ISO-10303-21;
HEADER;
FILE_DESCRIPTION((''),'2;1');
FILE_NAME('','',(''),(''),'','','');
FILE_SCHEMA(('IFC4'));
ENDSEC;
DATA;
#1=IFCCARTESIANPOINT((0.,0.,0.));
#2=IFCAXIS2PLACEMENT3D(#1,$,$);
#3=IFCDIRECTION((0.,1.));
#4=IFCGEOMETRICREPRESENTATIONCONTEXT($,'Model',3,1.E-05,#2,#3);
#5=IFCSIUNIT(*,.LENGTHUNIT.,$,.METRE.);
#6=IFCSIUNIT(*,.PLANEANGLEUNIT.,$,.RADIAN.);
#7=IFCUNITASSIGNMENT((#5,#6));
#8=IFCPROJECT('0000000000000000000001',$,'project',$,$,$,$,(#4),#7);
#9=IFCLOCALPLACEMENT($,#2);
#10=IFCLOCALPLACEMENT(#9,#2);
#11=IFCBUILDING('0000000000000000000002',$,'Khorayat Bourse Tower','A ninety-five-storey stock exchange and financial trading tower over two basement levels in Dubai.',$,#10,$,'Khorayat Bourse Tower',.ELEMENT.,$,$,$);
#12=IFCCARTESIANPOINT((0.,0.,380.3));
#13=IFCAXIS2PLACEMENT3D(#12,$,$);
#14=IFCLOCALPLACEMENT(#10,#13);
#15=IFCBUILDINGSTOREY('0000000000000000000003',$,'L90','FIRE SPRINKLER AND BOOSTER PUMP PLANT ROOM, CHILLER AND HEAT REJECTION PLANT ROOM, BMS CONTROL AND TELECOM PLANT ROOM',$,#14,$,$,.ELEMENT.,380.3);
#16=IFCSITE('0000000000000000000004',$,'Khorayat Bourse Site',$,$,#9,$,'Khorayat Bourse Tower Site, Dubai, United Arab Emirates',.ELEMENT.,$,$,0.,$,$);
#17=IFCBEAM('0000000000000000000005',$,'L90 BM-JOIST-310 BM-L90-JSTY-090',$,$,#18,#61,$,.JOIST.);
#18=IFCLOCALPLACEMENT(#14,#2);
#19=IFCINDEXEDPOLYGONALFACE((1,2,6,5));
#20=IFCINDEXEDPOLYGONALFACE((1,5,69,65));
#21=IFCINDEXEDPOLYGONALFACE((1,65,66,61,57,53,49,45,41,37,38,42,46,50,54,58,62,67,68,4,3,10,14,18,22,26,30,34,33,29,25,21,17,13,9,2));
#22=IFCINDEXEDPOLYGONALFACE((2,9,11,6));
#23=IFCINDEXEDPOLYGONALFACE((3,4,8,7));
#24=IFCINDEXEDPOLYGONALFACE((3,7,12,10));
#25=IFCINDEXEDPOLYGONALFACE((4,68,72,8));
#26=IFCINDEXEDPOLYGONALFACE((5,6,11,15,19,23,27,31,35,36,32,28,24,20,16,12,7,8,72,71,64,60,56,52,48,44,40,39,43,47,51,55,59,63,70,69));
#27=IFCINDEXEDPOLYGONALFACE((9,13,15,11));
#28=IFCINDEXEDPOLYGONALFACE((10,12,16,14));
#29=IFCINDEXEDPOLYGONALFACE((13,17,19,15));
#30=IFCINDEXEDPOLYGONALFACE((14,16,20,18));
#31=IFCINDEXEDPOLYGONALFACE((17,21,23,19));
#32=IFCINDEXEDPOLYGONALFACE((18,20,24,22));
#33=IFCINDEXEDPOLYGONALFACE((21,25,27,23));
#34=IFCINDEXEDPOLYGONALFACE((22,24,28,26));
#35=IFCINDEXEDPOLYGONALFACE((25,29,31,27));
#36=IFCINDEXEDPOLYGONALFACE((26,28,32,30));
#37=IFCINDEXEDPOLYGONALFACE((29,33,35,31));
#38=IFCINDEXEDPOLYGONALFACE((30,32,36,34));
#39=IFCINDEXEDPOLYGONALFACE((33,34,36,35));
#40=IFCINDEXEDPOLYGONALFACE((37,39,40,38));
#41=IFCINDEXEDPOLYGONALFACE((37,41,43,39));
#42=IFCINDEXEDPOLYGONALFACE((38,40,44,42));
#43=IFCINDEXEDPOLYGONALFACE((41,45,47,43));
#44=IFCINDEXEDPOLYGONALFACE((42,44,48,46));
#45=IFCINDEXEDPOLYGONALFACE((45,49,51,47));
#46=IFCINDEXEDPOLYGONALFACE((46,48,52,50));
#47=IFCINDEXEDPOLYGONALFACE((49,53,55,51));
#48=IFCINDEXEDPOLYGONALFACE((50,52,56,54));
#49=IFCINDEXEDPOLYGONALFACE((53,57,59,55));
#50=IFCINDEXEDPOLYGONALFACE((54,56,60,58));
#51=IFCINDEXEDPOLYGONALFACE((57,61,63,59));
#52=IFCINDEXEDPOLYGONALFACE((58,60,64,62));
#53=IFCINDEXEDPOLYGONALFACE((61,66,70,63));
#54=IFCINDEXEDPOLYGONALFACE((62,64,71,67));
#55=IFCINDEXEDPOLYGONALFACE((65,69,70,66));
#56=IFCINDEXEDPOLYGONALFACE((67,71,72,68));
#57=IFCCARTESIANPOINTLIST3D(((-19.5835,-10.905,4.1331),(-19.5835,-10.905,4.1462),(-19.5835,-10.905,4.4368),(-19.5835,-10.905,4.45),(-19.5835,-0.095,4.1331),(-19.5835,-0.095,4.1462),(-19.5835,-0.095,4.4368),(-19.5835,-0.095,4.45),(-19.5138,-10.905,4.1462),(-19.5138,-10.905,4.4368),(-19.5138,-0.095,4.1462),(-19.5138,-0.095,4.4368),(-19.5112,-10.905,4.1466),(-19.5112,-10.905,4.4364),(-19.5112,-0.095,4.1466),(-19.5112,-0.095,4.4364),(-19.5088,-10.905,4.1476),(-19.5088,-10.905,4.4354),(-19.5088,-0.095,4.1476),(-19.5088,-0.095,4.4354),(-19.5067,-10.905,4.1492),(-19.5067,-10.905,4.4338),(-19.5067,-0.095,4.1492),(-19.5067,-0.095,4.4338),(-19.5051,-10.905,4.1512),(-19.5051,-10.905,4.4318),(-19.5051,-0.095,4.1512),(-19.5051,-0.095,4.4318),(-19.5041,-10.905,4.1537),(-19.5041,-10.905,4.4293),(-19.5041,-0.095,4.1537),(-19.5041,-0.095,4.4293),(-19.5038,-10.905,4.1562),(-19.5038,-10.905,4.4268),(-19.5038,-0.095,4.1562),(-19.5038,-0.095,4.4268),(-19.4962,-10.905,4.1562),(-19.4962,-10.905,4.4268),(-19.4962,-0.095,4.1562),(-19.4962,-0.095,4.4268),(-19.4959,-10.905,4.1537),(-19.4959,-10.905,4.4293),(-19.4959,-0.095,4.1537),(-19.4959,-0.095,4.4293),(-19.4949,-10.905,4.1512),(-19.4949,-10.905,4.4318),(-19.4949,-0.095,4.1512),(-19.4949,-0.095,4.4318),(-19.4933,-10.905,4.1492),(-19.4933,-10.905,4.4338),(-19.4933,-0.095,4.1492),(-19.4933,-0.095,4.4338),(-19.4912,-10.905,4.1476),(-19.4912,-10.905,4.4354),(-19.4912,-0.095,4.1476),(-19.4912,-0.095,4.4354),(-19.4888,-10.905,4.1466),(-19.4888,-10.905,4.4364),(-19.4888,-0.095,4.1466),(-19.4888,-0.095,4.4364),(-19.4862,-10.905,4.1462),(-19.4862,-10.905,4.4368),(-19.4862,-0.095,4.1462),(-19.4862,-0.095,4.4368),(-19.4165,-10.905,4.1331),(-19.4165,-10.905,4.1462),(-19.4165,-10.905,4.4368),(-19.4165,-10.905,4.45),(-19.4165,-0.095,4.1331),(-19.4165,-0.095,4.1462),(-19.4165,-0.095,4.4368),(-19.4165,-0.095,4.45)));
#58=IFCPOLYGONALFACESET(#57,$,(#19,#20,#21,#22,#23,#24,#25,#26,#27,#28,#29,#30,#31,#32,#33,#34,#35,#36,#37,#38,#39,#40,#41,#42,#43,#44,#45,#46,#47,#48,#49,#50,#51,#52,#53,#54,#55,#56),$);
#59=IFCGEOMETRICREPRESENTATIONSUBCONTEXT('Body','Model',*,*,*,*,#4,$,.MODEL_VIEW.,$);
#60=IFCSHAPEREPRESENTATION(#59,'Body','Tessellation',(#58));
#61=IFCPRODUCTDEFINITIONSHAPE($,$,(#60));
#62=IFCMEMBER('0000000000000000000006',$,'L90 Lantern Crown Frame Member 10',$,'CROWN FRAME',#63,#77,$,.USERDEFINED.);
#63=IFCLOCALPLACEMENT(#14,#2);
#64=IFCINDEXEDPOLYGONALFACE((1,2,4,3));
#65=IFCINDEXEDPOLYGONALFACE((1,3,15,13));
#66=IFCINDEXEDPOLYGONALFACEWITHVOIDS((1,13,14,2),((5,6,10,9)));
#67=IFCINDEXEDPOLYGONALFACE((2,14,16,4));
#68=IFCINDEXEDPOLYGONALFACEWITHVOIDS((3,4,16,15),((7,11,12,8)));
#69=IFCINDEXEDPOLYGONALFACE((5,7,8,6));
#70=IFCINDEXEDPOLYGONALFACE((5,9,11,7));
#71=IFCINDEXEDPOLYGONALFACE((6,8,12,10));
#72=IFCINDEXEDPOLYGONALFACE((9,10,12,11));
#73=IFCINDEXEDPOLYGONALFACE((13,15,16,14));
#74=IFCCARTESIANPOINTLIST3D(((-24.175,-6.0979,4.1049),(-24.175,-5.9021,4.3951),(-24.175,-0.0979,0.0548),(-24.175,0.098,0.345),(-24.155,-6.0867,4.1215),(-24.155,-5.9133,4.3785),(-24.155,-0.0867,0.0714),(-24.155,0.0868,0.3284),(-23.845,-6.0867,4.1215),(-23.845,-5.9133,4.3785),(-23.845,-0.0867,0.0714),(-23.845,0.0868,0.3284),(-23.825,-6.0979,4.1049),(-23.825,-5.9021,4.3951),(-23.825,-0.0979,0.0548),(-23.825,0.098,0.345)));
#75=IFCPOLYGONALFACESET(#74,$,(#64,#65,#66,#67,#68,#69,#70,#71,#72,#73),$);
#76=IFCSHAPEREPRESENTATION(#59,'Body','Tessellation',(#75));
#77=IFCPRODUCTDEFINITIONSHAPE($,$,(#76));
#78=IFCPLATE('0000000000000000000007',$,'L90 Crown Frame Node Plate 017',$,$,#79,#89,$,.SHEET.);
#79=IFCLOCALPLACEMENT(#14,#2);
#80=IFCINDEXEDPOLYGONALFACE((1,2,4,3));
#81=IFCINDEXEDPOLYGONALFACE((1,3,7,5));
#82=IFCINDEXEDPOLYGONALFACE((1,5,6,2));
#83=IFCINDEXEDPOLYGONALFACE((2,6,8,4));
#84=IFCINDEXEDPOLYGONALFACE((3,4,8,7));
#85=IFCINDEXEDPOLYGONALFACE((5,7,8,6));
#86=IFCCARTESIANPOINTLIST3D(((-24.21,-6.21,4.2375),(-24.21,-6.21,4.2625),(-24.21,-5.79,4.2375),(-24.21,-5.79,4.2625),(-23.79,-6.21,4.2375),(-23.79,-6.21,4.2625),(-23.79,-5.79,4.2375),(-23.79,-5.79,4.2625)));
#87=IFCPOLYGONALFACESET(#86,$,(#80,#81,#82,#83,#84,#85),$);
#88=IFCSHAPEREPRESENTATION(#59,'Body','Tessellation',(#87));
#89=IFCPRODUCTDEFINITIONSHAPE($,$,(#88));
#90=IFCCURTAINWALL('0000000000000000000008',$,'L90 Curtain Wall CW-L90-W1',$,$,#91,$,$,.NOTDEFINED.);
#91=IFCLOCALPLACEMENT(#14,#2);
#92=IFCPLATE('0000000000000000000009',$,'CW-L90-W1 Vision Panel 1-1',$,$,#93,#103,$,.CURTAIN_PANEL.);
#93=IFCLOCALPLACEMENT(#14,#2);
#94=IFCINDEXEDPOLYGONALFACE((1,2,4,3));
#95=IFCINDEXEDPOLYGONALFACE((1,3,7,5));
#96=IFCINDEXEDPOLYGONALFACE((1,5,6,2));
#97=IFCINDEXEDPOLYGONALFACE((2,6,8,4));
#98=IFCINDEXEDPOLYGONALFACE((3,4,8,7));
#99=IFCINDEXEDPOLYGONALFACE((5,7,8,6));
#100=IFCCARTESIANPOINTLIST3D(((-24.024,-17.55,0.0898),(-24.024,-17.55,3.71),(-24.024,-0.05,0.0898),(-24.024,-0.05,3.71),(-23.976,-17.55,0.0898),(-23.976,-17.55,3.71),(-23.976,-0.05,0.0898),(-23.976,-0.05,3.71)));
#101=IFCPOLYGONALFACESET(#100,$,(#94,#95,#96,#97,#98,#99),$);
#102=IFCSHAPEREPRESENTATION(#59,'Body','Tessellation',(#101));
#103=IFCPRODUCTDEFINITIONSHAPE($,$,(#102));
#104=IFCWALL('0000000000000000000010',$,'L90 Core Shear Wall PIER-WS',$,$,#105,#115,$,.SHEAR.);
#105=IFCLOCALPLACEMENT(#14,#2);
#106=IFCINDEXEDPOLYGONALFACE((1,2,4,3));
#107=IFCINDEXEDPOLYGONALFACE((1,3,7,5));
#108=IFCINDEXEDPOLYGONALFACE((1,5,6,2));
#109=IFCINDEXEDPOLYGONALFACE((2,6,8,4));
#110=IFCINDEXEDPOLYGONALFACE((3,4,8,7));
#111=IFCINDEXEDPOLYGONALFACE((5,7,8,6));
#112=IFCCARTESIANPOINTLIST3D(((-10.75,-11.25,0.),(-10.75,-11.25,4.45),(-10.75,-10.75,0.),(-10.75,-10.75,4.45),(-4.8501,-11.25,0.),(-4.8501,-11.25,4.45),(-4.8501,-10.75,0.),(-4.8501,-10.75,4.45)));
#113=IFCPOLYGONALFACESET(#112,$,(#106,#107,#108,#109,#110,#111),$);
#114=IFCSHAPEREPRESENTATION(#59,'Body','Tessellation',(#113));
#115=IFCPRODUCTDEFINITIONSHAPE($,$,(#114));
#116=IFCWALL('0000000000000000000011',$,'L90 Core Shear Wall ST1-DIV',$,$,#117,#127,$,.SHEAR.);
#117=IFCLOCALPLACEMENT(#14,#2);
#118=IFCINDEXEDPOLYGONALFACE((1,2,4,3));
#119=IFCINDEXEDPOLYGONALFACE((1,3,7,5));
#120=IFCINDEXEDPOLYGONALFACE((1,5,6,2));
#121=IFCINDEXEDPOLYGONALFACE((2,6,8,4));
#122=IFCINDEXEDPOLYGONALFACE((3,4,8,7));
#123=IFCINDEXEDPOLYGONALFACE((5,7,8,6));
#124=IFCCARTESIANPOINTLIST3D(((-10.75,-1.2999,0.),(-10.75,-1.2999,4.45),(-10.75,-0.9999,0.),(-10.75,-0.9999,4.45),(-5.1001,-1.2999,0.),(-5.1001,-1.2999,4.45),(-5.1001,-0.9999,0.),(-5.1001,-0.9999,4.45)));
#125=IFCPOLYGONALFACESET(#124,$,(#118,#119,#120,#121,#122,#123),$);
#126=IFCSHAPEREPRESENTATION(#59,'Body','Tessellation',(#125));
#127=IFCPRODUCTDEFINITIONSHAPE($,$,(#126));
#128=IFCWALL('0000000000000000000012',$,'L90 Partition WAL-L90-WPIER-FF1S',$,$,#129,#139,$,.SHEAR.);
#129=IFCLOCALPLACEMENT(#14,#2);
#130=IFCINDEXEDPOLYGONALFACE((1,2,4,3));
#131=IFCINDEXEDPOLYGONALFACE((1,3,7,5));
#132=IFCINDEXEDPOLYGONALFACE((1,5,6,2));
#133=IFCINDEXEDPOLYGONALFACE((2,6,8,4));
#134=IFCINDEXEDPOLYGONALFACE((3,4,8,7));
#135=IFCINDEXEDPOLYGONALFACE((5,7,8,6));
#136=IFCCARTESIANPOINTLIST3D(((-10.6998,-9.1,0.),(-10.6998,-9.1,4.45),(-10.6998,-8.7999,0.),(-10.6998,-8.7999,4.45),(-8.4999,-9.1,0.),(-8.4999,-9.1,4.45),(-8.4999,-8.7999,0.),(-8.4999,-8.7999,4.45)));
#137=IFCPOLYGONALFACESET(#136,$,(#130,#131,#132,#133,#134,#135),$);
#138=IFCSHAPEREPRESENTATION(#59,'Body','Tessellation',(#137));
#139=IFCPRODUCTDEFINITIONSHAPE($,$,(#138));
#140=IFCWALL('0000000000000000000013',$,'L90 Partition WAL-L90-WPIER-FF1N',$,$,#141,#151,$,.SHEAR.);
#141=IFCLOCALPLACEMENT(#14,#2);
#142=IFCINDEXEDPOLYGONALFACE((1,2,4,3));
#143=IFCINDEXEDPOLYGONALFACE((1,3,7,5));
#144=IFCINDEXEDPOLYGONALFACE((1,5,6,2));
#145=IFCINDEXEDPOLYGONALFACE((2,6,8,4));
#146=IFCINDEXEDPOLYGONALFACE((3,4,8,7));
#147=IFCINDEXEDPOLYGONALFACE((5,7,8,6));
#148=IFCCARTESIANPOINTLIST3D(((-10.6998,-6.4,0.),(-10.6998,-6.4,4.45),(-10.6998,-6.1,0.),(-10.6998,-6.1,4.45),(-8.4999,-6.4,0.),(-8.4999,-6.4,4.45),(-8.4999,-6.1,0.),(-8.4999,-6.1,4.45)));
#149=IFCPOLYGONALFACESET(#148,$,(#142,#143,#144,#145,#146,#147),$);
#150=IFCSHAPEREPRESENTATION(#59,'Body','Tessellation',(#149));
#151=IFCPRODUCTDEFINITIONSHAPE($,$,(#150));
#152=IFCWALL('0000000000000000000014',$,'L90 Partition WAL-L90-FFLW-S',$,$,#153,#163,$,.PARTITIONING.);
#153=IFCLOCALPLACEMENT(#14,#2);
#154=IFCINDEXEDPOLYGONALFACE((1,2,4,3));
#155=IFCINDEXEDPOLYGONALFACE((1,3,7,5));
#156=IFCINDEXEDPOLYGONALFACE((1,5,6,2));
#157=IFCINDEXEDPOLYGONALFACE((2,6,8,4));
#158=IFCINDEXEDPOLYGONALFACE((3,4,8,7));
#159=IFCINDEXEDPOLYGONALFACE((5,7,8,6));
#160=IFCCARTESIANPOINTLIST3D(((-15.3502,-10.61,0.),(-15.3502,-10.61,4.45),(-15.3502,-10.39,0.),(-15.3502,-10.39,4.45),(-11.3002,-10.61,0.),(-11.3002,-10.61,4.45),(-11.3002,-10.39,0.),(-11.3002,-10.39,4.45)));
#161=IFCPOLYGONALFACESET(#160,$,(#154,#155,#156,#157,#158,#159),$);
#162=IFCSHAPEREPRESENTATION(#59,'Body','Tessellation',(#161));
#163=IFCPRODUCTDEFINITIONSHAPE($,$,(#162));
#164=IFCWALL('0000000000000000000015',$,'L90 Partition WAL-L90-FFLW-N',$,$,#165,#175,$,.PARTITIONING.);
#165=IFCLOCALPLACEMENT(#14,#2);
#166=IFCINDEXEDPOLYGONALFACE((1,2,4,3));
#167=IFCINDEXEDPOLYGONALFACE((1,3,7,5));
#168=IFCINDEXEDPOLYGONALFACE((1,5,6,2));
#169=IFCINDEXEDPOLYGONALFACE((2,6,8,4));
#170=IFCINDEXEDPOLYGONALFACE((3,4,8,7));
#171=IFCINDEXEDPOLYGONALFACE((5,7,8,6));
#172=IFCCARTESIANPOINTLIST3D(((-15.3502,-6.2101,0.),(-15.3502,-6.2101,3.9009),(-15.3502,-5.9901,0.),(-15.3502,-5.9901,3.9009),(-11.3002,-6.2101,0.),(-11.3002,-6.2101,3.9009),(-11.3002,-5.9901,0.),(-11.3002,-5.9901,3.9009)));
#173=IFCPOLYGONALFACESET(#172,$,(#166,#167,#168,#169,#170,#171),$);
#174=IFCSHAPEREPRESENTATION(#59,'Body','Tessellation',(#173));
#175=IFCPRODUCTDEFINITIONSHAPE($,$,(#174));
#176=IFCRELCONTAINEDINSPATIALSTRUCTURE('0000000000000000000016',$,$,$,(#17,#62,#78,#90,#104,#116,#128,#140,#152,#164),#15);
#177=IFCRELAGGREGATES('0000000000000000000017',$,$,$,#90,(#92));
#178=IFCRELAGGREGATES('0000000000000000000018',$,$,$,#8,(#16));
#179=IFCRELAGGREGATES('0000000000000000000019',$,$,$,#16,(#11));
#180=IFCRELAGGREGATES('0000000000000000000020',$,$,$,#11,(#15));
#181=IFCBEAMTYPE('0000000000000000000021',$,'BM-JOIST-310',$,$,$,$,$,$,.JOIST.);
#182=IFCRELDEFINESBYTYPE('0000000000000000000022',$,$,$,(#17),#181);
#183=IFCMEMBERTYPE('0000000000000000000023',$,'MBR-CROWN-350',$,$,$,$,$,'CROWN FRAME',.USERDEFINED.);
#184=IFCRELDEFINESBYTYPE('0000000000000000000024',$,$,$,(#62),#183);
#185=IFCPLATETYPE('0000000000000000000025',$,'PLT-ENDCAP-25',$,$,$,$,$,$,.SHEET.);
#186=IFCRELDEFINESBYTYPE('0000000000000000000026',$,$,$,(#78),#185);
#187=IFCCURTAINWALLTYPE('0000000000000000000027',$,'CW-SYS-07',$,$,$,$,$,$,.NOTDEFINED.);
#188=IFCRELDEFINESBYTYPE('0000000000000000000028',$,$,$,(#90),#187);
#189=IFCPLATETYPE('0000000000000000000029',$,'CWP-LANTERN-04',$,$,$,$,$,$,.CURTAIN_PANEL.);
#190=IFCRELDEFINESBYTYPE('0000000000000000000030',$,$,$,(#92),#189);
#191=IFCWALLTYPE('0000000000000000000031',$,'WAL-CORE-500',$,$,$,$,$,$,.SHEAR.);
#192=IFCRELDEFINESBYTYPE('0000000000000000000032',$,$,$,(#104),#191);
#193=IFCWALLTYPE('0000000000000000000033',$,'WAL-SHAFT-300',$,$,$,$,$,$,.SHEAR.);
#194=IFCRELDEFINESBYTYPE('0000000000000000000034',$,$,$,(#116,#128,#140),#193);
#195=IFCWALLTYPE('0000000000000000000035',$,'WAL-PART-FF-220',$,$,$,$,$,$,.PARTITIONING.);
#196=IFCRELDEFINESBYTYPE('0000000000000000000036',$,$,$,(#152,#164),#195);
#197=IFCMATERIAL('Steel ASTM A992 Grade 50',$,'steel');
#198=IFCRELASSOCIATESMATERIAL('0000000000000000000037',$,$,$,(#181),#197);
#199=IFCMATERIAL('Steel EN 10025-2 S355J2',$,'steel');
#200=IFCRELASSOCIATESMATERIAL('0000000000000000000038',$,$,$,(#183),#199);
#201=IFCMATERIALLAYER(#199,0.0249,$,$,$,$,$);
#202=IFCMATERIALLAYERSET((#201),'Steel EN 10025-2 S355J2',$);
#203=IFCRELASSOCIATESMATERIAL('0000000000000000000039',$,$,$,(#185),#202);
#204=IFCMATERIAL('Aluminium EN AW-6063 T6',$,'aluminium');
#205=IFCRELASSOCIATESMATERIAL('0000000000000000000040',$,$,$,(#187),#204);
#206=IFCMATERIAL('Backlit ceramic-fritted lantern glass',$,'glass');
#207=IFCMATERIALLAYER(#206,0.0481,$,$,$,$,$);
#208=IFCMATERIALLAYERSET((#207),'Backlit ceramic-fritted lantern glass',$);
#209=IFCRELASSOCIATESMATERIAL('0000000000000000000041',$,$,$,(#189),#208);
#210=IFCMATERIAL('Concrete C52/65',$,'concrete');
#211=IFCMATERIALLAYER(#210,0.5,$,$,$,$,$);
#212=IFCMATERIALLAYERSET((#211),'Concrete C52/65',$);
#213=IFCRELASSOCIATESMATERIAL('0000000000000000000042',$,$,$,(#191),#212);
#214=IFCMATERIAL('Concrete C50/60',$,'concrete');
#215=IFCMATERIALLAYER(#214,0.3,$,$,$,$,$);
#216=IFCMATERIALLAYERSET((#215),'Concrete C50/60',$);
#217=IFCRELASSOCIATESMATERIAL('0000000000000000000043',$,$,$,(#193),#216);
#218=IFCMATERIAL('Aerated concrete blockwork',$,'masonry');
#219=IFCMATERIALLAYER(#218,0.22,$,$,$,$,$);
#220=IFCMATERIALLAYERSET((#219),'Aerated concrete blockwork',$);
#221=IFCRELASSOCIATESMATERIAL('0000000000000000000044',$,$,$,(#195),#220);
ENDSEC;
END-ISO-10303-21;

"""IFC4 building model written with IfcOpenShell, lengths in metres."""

from ifc_helpers import new_model, si_unit, direction, frame, frame_2d, origin, origin_2d, place, context, subcontext, project, spatial, rectangle, hollow_rectangle, i_section, extrude, source, transform, mapped, material, layer, layer_set, material_profile, profile_set, type_object, element, aggregate, save


model = new_model("IFC4")

# Units and contexts
model_context = context("Model", 3, precision=1e-05, world=origin(), true_north=direction((0.0, 1.0)))
body_context = subcontext(model_context, "Body", "Model", "MODEL_VIEW")
ifc_project = project(units=[si_unit("LENGTHUNIT", "METRE"), si_unit("PLANEANGLEUNIT", "RADIAN")], contexts=[model_context])

# Site, building, storey
site_placement = place(None, origin())
site = spatial("IfcSite", under=ifc_project, at=site_placement, Name="Khorayat Bourse Site", LongName="Khorayat Bourse Tower Site, Dubai, United Arab Emirates", CompositionType="ELEMENT", RefElevation=0.0)
building_placement = place(site_placement, origin())
building = spatial("IfcBuilding", under=site, at=building_placement, Name="Khorayat Bourse Tower", Description="A ninety-five-storey stock exchange and financial trading tower over two basement levels in Dubai.", LongName="Khorayat Bourse Tower", CompositionType="ELEMENT")
storey_placement = place(building_placement, frame((0.0, 0.0, 380.3)))
storey = spatial("IfcBuildingStorey", under=building, at=storey_placement, Name="L90", Description="FIRE SPRINKLER AND BOOSTER PUMP PLANT ROOM, CHILLER AND HEAT REJECTION PLANT ROOM, BMS CONTROL AND TELECOM PLANT ROOM", CompositionType="ELEMENT", Elevation=380.3)

# Shared definitions
ifc_material_1 = material(Name="Concrete C52/65", Category="concrete")
ifc_material_2 = material(Name="Steel EN 10025-2 S355J2", Category="steel")

# Beam
ifc_material_3 = material(Name="Steel ASTM A992 Grade 50", Category="steel")
ifc_material_profile_1 = material_profile(ifc_material_3, i_section(OverallWidth=0.167, OverallDepth=0.3169, WebThickness=0.0076, FlangeThickness=0.0132, FilletRadius=0.01, at=origin_2d()), Name="W310X52")
ifc_profile_set_1 = profile_set([ifc_material_profile_1], Name="Steel ASTM A992 Grade 50")
beam_type_1 = type_object("IfcBeamType", Name="BM-JOIST-310", PredefinedType="JOIST", material=ifc_profile_set_1)
shared_shape_1 = source(origin(), body_context, "Body", "SweptSolid", [
    extrude(i_section(OverallWidth=0.167, OverallDepth=0.3169, WebThickness=0.0076, FlangeThickness=0.0132, FilletRadius=0.01, at=origin_2d()), origin(), (0.0, 0.0, 1.0), 10.8101),
])
beam_1_placement = place(storey_placement, frame((-19.5, -10.905, 4.2915), z_axis=(0.0, 1.0, 0.0), x_axis=(-1.0, 0.0, 0.0)))
element("IfcBeam", 1, at=beam_1_placement, inside=storey, type_object=beam_type_1, Name="L90 BM-JOIST-310 BM-L90-JSTY-090", PredefinedType="JOIST", context=body_context, shape_type="MappedRepresentation", body=[
    mapped(shared_shape_1, transform((0.0, 0.0, 0.0), scale=1.0)),
])

# Member
ifc_material_profile_2 = material_profile(ifc_material_2, hollow_rectangle(XDim=0.3501, YDim=0.3501, WallThickness=0.02, at=origin_2d()), Name="HSS 350x350x20")
ifc_profile_set_2 = profile_set([ifc_material_profile_2], Name="Steel EN 10025-2 S355J2")
member_type = type_object("IfcMemberType", Name="MBR-CROWN-350", ElementType="CROWN FRAME", PredefinedType="USERDEFINED", material=ifc_profile_set_2)
shared_shape_2 = source(origin(), body_context, "Body", "SweptSolid", [
    extrude(hollow_rectangle(XDim=0.3501, YDim=0.3501, WallThickness=0.02, at=origin_2d()), origin(), (0.0, 0.0, 1.0), 7.239),
])
member_placement = place(storey_placement, frame((-24.0, -6.0, 4.25), z_axis=(0.0, 0.828846, -0.559477), x_axis=(-1.0, 0.0, 0.0)))
element("IfcMember", 2, at=member_placement, inside=storey, type_object=member_type, Name="L90 Lantern Crown Frame Member 10", ObjectType="CROWN FRAME", PredefinedType="USERDEFINED", context=body_context, shape_type="MappedRepresentation", body=[
    mapped(shared_shape_2, transform((0.0, 0.0, 0.0), scale=1.0)),
])

# Plate
ifc_layer_1 = layer(ifc_material_2, 0.0249)
ifc_layer_set_1 = layer_set([ifc_layer_1], Name="Steel EN 10025-2 S355J2")
plate_type_1 = type_object("IfcPlateType", Name="PLT-ENDCAP-25", PredefinedType="SHEET", material=ifc_layer_set_1)
shared_shape_3 = source(origin(), body_context, "Body", "SweptSolid", [
    extrude(rectangle(XDim=0.4199, YDim=0.4199, at=origin_2d()), origin(), (0.0, 0.0, 1.0), 0.0249),
])
plate_1_placement = place(storey_placement, frame((-24.0, -6.0, 4.2375), z_axis=(0.0, 0.0, 1.0), x_axis=(1.0, 0.0, 0.0)))
element("IfcPlate", 3, at=plate_1_placement, inside=storey, type_object=plate_type_1, Name="L90 Crown Frame Node Plate 017", PredefinedType="SHEET", context=body_context, shape_type="MappedRepresentation", body=[
    mapped(shared_shape_3, transform((0.0, 0.0, 0.0), scale=1.0)),
])

# Curtain wall, plate
ifc_material_4 = material(Name="Aluminium EN AW-6063 T6", Category="aluminium")
curtain_wall_type = type_object("IfcCurtainWallType", Name="CW-SYS-07", PredefinedType="NOTDEFINED", material=ifc_material_4)
curtain_wall_placement = place(storey_placement, origin())
curtain_wall = element("IfcCurtainWall", 4, at=curtain_wall_placement, inside=storey, type_object=curtain_wall_type, Name="L90 Curtain Wall CW-L90-W1", PredefinedType="NOTDEFINED")
ifc_material_5 = material(Name="Backlit ceramic-fritted lantern glass", Category="glass")
ifc_layer_2 = layer(ifc_material_5, 0.0481)
ifc_layer_set_2 = layer_set([ifc_layer_2], Name="Backlit ceramic-fritted lantern glass")
plate_type_2 = type_object("IfcPlateType", Name="CWP-LANTERN-04", PredefinedType="CURTAIN_PANEL", material=ifc_layer_set_2)
shared_shape_4 = source(origin(), body_context, "Body", "SweptSolid", [
    extrude(rectangle(XDim=17.5, YDim=0.0481, at=origin_2d()), origin(), (0.0, 0.0, 1.0), 3.6201),
])
plate_2_placement = place(storey_placement, frame((-24.0, -8.8, 0.0898), z_axis=(0.0, 0.0, 1.0), x_axis=(0.0, 1.0, 0.0)))
plate_2 = element("IfcPlate", 5, at=plate_2_placement, type_object=plate_type_2, Name="CW-L90-W1 Vision Panel 1-1", PredefinedType="CURTAIN_PANEL", context=body_context, shape_type="MappedRepresentation", body=[
    mapped(shared_shape_4, transform((0.0, 0.0, 0.0), scale=1.0)),
])
aggregate(curtain_wall, [plate_2])

# Walls
ifc_layer_3 = layer(ifc_material_1, 0.5)
ifc_layer_set_3 = layer_set([ifc_layer_3], Name="Concrete C52/65")
wall_type_1 = type_object("IfcWallType", Name="WAL-CORE-500", PredefinedType="SHEAR", material=ifc_layer_set_3)
shared_shape_5 = source(origin(), body_context, "Body", "SweptSolid", [
    extrude(rectangle(XDim=5.8999, YDim=0.5, at=frame_2d((2.95, 0.0))), origin(), (0.0, 0.0, 1.0), 4.45),
])
wall_1_placement = place(storey_placement, frame((-10.75, -11.0, 0.0), z_axis=(0.0, 0.0, 1.0), x_axis=(1.0, 0.0, 0.0)))
element("IfcWall", 6, at=wall_1_placement, inside=storey, type_object=wall_type_1, Name="L90 Core Shear Wall PIER-WS", PredefinedType="SHEAR", context=body_context, shape_type="MappedRepresentation", body=[
    mapped(shared_shape_5, transform((0.0, 0.0, 0.0), scale=1.0)),
])
ifc_material_6 = material(Name="Concrete C50/60", Category="concrete")
ifc_layer_4 = layer(ifc_material_6, 0.3)
ifc_layer_set_4 = layer_set([ifc_layer_4], Name="Concrete C50/60")
wall_type_2 = type_object("IfcWallType", Name="WAL-SHAFT-300", PredefinedType="SHEAR", material=ifc_layer_set_4)
shared_shape_6 = source(origin(), body_context, "Body", "SweptSolid", [
    extrude(rectangle(XDim=5.6499, YDim=0.3, at=frame_2d((2.825, 0.0))), origin(), (0.0, 0.0, 1.0), 4.45),
])
wall_2_placement = place(storey_placement, frame((-10.75, -1.1499, 0.0), z_axis=(0.0, 0.0, 1.0), x_axis=(1.0, 0.0, 0.0)))
element("IfcWall", 7, at=wall_2_placement, inside=storey, type_object=wall_type_2, Name="L90 Core Shear Wall ST1-DIV", PredefinedType="SHEAR", context=body_context, shape_type="MappedRepresentation", body=[
    mapped(shared_shape_6, transform((0.0, 0.0, 0.0), scale=1.0)),
])
shared_shape_7 = source(origin(), body_context, "Body", "SweptSolid", [
    extrude(rectangle(XDim=2.2, YDim=0.3, at=frame_2d((1.1001, 0.0))), origin(), (0.0, 0.0, 1.0), 4.45),
])
for number, where, z_axis, x_axis, name in (
    (8, (-10.7, -8.95, 0.0), (0.0, 0.0, 1.0), (1.0, 0.0, 0.0), "L90 Partition WAL-L90-WPIER-FF1S"),
    (9, (-10.7, -6.25, 0.0), (0.0, 0.0, 1.0), (1.0, 0.0, 0.0), "L90 Partition WAL-L90-WPIER-FF1N"),
):
    element("IfcWall", number, at=place(storey_placement, frame(where, z_axis=z_axis, x_axis=x_axis)), inside=storey, type_object=wall_type_2, Name=name, PredefinedType="SHEAR", context=body_context, shape_type="MappedRepresentation", body=[
        mapped(shared_shape_7, transform((0.0, 0.0, 0.0), scale=1.0)),
    ])
ifc_material_7 = material(Name="Aerated concrete blockwork", Category="masonry")
ifc_layer_5 = layer(ifc_material_7, 0.22)
ifc_layer_set_5 = layer_set([ifc_layer_5], Name="Aerated concrete blockwork")
wall_type_3 = type_object("IfcWallType", Name="WAL-PART-FF-220", PredefinedType="PARTITIONING", material=ifc_layer_set_5)
shared_shape_8 = source(origin(), body_context, "Body", "SweptSolid", [
    extrude(rectangle(XDim=4.05, YDim=0.22, at=frame_2d((2.0249, 0.0))), origin(), (0.0, 0.0, 1.0), 4.45),
])
wall_3_placement = place(storey_placement, frame((-15.3501, -10.5, 0.0), z_axis=(0.0, 0.0, 1.0), x_axis=(1.0, 0.0, 0.0)))
element("IfcWall", 10, at=wall_3_placement, inside=storey, type_object=wall_type_3, Name="L90 Partition WAL-L90-FFLW-S", PredefinedType="PARTITIONING", context=body_context, shape_type="MappedRepresentation", body=[
    mapped(shared_shape_8, transform((0.0, 0.0, 0.0), scale=1.0)),
])
shared_shape_9 = source(origin(), body_context, "Body", "SweptSolid", [
    extrude(rectangle(XDim=4.05, YDim=0.22, at=frame_2d((2.0249, 0.0))), origin(), (0.0, 0.0, 1.0), 3.9009),
])
wall_4_placement = place(storey_placement, frame((-15.3501, -6.1001, 0.0), z_axis=(0.0, 0.0, 1.0), x_axis=(1.0, 0.0, 0.0)))
element("IfcWall", 11, at=wall_4_placement, inside=storey, type_object=wall_type_3, Name="L90 Partition WAL-L90-FFLW-N", PredefinedType="PARTITIONING", context=body_context, shape_type="MappedRepresentation", body=[
    mapped(shared_shape_9, transform((0.0, 0.0, 0.0), scale=1.0)),
])

save(model, "model.ifc")
